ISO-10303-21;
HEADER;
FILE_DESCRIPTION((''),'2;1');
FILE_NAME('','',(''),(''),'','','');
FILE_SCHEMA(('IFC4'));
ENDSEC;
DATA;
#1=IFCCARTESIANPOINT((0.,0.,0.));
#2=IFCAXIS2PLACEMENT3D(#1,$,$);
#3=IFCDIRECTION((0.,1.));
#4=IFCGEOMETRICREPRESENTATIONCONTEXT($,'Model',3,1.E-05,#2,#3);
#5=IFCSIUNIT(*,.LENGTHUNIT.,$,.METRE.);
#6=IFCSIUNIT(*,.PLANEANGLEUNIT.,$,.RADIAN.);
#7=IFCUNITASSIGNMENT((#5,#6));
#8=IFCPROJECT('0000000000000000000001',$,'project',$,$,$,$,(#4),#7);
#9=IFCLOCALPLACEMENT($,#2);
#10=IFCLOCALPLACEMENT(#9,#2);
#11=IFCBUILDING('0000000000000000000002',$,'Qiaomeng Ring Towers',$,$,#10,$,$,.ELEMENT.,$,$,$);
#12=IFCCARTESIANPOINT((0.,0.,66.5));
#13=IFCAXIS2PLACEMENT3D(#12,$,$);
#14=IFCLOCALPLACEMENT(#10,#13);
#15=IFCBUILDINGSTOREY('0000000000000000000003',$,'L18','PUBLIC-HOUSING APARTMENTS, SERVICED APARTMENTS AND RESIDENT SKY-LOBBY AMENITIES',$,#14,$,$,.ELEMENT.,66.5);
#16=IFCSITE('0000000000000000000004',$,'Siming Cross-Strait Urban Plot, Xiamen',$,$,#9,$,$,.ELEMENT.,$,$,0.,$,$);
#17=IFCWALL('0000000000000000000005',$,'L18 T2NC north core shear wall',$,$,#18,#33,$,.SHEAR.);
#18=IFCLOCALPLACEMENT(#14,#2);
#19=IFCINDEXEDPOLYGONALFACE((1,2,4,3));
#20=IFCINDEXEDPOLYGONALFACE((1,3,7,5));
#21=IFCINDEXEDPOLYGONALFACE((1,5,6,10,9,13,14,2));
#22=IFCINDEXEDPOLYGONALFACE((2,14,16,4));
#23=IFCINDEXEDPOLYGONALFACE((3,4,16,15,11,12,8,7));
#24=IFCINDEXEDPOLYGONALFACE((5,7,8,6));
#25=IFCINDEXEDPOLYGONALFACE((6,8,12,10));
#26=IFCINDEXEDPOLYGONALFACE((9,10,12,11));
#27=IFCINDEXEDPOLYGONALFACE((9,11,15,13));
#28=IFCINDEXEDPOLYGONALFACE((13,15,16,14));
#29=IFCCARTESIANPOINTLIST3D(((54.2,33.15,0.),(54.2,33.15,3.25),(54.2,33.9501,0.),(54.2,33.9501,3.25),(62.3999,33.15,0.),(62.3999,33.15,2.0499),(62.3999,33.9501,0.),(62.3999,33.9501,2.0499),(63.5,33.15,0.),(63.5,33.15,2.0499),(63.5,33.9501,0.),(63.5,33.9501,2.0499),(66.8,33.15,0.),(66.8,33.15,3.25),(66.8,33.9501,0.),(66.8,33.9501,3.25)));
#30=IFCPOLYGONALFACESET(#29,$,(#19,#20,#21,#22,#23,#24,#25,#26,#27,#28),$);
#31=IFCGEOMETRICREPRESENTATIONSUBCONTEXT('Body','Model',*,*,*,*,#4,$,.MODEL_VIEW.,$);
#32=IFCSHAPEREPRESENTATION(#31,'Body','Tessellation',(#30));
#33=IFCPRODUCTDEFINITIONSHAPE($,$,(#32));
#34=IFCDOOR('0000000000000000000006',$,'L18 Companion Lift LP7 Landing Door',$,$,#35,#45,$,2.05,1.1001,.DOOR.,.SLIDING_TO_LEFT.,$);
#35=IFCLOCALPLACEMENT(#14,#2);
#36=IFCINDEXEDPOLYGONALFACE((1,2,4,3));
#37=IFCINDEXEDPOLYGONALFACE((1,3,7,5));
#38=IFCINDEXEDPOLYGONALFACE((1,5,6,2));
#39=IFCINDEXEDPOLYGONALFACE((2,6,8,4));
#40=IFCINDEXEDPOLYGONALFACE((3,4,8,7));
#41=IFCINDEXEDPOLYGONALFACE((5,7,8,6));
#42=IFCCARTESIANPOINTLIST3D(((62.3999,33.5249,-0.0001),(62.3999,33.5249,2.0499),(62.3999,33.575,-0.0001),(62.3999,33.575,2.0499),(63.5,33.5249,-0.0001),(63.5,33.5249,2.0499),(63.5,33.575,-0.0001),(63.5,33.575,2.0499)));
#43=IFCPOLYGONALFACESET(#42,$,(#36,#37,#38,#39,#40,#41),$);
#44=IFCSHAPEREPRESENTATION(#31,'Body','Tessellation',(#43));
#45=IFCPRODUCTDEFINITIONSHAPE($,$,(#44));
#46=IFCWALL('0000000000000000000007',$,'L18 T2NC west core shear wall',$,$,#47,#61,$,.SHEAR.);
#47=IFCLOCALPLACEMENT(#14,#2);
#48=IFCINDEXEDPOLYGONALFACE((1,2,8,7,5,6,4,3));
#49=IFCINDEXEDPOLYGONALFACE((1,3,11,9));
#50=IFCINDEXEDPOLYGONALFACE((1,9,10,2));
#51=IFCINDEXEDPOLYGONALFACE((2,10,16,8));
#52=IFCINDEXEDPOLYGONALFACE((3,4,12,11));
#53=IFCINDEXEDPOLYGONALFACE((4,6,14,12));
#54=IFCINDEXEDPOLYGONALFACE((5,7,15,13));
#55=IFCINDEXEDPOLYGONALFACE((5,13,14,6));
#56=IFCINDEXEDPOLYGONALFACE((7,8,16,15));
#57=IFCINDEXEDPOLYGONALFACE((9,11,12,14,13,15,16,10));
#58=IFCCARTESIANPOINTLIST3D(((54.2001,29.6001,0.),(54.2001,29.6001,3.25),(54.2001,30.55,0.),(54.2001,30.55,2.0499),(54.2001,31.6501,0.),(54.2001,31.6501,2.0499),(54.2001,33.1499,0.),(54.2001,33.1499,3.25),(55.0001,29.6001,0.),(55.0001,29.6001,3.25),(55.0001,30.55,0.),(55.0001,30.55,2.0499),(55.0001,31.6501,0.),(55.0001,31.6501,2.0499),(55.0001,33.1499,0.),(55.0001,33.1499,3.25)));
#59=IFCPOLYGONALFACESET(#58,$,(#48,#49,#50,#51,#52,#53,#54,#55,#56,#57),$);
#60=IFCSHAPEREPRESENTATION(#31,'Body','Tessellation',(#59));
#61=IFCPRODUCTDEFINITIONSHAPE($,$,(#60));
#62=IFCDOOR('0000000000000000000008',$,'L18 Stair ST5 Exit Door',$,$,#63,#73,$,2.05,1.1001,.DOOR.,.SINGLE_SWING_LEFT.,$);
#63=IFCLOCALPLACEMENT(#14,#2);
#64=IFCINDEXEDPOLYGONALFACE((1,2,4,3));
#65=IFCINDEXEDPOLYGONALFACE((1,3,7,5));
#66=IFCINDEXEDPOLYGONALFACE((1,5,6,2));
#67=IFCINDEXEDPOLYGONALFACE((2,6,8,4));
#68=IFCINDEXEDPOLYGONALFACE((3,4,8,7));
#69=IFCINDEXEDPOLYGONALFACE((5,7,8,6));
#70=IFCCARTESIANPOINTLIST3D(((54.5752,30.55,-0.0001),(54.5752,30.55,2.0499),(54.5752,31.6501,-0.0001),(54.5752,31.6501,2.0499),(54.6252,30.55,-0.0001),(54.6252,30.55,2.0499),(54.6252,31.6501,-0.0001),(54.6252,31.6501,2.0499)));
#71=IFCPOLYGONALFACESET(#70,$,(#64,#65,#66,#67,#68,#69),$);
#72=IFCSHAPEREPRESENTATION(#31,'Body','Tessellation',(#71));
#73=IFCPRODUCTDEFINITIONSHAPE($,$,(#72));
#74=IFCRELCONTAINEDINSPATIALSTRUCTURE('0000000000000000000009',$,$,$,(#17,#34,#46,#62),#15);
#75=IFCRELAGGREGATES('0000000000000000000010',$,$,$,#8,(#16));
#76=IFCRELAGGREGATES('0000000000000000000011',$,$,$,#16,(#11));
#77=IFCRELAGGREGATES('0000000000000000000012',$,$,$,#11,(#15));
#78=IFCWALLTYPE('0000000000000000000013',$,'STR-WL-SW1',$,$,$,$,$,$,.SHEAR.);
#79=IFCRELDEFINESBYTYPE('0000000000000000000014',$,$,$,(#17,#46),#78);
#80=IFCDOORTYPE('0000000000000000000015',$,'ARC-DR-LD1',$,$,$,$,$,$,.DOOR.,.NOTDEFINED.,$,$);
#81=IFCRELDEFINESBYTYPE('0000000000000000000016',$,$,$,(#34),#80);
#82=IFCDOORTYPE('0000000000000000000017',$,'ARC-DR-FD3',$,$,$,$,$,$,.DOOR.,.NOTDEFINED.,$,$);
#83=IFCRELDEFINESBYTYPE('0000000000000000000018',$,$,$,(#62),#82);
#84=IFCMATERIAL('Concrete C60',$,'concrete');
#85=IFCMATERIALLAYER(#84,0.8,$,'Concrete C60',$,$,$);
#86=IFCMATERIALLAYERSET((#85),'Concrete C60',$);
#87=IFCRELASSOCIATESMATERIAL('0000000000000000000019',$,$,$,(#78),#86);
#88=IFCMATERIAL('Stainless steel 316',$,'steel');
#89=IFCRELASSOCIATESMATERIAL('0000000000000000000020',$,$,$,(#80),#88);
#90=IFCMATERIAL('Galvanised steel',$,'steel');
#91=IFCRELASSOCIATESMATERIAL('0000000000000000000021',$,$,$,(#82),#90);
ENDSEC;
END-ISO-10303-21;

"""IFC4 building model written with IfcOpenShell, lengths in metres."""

from ifc_helpers import new_model, si_unit, direction, frame, frame_2d, origin, place, context, subcontext, project, spatial, rectangle, extrude, source, transform, mapped, material, layer, layer_set, type_object, element, fill, save


model = new_model("IFC4")

# Units and contexts
model_context = context("Model", 3, precision=1e-05, world=origin(), true_north=direction((0.0, 1.0)))
body_context = subcontext(model_context, "Body", "Model", "MODEL_VIEW")
ifc_project = project(units=[si_unit("LENGTHUNIT", "METRE"), si_unit("PLANEANGLEUNIT", "RADIAN")], contexts=[model_context])

# Site, building, storey
site_placement = place(None, origin())
site = spatial("IfcSite", under=ifc_project, at=site_placement, Name="Siming Cross-Strait Urban Plot, Xiamen", CompositionType="ELEMENT", RefElevation=0.0)
building_placement = place(site_placement, origin())
building = spatial("IfcBuilding", under=site, at=building_placement, Name="Qiaomeng Ring Towers", CompositionType="ELEMENT")
storey_placement = place(building_placement, frame((0.0, 0.0, 66.5)))
storey = spatial("IfcBuildingStorey", under=building, at=storey_placement, Name="L18", Description="PUBLIC-HOUSING APARTMENTS, SERVICED APARTMENTS AND RESIDENT SKY-LOBBY AMENITIES", CompositionType="ELEMENT", Elevation=66.5)

# Shared definitions
ifc_material_1 = material(Name="Concrete C60", Category="concrete")

# Shared definitions
ifc_layer_1 = layer(ifc_material_1, 0.8, Name="Concrete C60")
ifc_layer_set_1 = layer_set([ifc_layer_1], Name="Concrete C60")
wall_type = type_object("IfcWallType", Name="STR-WL-SW1", PredefinedType="SHEAR", material=ifc_layer_set_1)

# Walls, openings, doors
wall_1_placement = place(storey_placement, frame((54.2, 33.55, 0.0), z_axis=(0.0, 0.0, 1.0), x_axis=(1.0, 0.0, 0.0)))
wall_1 = element("IfcWall", 1, at=wall_1_placement, inside=storey, type_object=wall_type, Name="L18 T2NC north core shear wall", PredefinedType="SHEAR", context=body_context, shape_type="SweptSolid", body=[
    extrude(rectangle(XDim=12.6001, YDim=0.8, at=frame_2d((6.3, 0.0))), origin(), (0.0, 0.0, 1.0), 3.25),
])
opening_1_placement = place(wall_1_placement, frame((8.2, 0.0, 0.0)))
opening_1 = element("IfcOpeningElement", 2, at=opening_1_placement, cuts=wall_1, PredefinedType="OPENING", context=body_context, shape_type="SweptSolid", body=[
    extrude(rectangle(XDim=1.1001, YDim=2.05, at=frame_2d((0.55, 1.0249))), frame((0.0, 0.4099, 0.0), z_axis=(0.0, -1.0, 0.0), x_axis=(1.0, 0.0, 0.0)), (0.0, 0.0, 1.0), 0.8201),
])
ifc_material_2 = material(Name="Stainless steel 316", Category="steel")
door_type_1 = type_object("IfcDoorType", Name="ARC-DR-LD1", OperationType="NOTDEFINED", PredefinedType="DOOR", material=ifc_material_2)
shared_shape_1 = source(origin(), body_context, "Body", "SweptSolid", [
    extrude(rectangle(XDim=1.1001, YDim=2.05, at=frame_2d((0.55, 1.0249))), frame((0.0, 0.0249, 0.0), z_axis=(0.0, -1.0, 0.0), x_axis=(1.0, 0.0, 0.0)), (0.0, 0.0, 1.0), 0.05),
])
door_1_placement = place(opening_1_placement, origin())
door_1 = element("IfcDoor", 3, at=door_1_placement, inside=storey, type_object=door_type_1, Name="L18 Companion Lift LP7 Landing Door", OperationType="SLIDING_TO_LEFT", OverallHeight=2.05, OverallWidth=1.1001, PredefinedType="DOOR", context=body_context, shape_type="MappedRepresentation", body=[
    mapped(shared_shape_1, transform((0.0, 0.0, 0.0), x_axis=(1.0, 0.0, 0.0), y_axis=(0.0, 1.0, 0.0), z_axis=(0.0, 0.0, 1.0), scale=1.0)),
])
fill(opening_1, door_1)
wall_2_placement = place(storey_placement, frame((54.6001, 29.6001, 0.0), z_axis=(0.0, 0.0, 1.0), x_axis=(0.0, 1.0, 0.0)))
wall_2 = element("IfcWall", 4, at=wall_2_placement, inside=storey, type_object=wall_type, Name="L18 T2NC west core shear wall", PredefinedType="SHEAR", context=body_context, shape_type="SweptSolid", body=[
    extrude(rectangle(XDim=3.5498, YDim=0.8, at=frame_2d((1.7749, 0.0))), origin(), (0.0, 0.0, 1.0), 3.25),
])
opening_2_placement = place(wall_2_placement, frame((0.95, 0.0, 0.0)))
opening_2 = element("IfcOpeningElement", 5, at=opening_2_placement, cuts=wall_2, PredefinedType="OPENING", context=body_context, shape_type="SweptSolid", body=[
    extrude(rectangle(XDim=1.1001, YDim=2.05, at=frame_2d((0.55, 1.0249))), frame((0.0, 0.4099, 0.0), z_axis=(0.0, -1.0, 0.0), x_axis=(1.0, 0.0, 0.0)), (0.0, 0.0, 1.0), 0.8201),
])
ifc_material_3 = material(Name="Galvanised steel", Category="steel")
door_type_2 = type_object("IfcDoorType", Name="ARC-DR-FD3", OperationType="NOTDEFINED", PredefinedType="DOOR", material=ifc_material_3)
door_2_placement = place(opening_2_placement, origin())
door_2 = element("IfcDoor", 6, at=door_2_placement, inside=storey, type_object=door_type_2, Name="L18 Stair ST5 Exit Door", OperationType="SINGLE_SWING_LEFT", OverallHeight=2.05, OverallWidth=1.1001, PredefinedType="DOOR", context=body_context, shape_type="MappedRepresentation", body=[
    mapped(shared_shape_1, transform((0.0, 0.0, 0.0), x_axis=(1.0, 0.0, 0.0), y_axis=(0.0, 1.0, 0.0), z_axis=(0.0, 0.0, 1.0), scale=1.0)),
])
fill(opening_2, door_2)

save(model, "model.ifc")
